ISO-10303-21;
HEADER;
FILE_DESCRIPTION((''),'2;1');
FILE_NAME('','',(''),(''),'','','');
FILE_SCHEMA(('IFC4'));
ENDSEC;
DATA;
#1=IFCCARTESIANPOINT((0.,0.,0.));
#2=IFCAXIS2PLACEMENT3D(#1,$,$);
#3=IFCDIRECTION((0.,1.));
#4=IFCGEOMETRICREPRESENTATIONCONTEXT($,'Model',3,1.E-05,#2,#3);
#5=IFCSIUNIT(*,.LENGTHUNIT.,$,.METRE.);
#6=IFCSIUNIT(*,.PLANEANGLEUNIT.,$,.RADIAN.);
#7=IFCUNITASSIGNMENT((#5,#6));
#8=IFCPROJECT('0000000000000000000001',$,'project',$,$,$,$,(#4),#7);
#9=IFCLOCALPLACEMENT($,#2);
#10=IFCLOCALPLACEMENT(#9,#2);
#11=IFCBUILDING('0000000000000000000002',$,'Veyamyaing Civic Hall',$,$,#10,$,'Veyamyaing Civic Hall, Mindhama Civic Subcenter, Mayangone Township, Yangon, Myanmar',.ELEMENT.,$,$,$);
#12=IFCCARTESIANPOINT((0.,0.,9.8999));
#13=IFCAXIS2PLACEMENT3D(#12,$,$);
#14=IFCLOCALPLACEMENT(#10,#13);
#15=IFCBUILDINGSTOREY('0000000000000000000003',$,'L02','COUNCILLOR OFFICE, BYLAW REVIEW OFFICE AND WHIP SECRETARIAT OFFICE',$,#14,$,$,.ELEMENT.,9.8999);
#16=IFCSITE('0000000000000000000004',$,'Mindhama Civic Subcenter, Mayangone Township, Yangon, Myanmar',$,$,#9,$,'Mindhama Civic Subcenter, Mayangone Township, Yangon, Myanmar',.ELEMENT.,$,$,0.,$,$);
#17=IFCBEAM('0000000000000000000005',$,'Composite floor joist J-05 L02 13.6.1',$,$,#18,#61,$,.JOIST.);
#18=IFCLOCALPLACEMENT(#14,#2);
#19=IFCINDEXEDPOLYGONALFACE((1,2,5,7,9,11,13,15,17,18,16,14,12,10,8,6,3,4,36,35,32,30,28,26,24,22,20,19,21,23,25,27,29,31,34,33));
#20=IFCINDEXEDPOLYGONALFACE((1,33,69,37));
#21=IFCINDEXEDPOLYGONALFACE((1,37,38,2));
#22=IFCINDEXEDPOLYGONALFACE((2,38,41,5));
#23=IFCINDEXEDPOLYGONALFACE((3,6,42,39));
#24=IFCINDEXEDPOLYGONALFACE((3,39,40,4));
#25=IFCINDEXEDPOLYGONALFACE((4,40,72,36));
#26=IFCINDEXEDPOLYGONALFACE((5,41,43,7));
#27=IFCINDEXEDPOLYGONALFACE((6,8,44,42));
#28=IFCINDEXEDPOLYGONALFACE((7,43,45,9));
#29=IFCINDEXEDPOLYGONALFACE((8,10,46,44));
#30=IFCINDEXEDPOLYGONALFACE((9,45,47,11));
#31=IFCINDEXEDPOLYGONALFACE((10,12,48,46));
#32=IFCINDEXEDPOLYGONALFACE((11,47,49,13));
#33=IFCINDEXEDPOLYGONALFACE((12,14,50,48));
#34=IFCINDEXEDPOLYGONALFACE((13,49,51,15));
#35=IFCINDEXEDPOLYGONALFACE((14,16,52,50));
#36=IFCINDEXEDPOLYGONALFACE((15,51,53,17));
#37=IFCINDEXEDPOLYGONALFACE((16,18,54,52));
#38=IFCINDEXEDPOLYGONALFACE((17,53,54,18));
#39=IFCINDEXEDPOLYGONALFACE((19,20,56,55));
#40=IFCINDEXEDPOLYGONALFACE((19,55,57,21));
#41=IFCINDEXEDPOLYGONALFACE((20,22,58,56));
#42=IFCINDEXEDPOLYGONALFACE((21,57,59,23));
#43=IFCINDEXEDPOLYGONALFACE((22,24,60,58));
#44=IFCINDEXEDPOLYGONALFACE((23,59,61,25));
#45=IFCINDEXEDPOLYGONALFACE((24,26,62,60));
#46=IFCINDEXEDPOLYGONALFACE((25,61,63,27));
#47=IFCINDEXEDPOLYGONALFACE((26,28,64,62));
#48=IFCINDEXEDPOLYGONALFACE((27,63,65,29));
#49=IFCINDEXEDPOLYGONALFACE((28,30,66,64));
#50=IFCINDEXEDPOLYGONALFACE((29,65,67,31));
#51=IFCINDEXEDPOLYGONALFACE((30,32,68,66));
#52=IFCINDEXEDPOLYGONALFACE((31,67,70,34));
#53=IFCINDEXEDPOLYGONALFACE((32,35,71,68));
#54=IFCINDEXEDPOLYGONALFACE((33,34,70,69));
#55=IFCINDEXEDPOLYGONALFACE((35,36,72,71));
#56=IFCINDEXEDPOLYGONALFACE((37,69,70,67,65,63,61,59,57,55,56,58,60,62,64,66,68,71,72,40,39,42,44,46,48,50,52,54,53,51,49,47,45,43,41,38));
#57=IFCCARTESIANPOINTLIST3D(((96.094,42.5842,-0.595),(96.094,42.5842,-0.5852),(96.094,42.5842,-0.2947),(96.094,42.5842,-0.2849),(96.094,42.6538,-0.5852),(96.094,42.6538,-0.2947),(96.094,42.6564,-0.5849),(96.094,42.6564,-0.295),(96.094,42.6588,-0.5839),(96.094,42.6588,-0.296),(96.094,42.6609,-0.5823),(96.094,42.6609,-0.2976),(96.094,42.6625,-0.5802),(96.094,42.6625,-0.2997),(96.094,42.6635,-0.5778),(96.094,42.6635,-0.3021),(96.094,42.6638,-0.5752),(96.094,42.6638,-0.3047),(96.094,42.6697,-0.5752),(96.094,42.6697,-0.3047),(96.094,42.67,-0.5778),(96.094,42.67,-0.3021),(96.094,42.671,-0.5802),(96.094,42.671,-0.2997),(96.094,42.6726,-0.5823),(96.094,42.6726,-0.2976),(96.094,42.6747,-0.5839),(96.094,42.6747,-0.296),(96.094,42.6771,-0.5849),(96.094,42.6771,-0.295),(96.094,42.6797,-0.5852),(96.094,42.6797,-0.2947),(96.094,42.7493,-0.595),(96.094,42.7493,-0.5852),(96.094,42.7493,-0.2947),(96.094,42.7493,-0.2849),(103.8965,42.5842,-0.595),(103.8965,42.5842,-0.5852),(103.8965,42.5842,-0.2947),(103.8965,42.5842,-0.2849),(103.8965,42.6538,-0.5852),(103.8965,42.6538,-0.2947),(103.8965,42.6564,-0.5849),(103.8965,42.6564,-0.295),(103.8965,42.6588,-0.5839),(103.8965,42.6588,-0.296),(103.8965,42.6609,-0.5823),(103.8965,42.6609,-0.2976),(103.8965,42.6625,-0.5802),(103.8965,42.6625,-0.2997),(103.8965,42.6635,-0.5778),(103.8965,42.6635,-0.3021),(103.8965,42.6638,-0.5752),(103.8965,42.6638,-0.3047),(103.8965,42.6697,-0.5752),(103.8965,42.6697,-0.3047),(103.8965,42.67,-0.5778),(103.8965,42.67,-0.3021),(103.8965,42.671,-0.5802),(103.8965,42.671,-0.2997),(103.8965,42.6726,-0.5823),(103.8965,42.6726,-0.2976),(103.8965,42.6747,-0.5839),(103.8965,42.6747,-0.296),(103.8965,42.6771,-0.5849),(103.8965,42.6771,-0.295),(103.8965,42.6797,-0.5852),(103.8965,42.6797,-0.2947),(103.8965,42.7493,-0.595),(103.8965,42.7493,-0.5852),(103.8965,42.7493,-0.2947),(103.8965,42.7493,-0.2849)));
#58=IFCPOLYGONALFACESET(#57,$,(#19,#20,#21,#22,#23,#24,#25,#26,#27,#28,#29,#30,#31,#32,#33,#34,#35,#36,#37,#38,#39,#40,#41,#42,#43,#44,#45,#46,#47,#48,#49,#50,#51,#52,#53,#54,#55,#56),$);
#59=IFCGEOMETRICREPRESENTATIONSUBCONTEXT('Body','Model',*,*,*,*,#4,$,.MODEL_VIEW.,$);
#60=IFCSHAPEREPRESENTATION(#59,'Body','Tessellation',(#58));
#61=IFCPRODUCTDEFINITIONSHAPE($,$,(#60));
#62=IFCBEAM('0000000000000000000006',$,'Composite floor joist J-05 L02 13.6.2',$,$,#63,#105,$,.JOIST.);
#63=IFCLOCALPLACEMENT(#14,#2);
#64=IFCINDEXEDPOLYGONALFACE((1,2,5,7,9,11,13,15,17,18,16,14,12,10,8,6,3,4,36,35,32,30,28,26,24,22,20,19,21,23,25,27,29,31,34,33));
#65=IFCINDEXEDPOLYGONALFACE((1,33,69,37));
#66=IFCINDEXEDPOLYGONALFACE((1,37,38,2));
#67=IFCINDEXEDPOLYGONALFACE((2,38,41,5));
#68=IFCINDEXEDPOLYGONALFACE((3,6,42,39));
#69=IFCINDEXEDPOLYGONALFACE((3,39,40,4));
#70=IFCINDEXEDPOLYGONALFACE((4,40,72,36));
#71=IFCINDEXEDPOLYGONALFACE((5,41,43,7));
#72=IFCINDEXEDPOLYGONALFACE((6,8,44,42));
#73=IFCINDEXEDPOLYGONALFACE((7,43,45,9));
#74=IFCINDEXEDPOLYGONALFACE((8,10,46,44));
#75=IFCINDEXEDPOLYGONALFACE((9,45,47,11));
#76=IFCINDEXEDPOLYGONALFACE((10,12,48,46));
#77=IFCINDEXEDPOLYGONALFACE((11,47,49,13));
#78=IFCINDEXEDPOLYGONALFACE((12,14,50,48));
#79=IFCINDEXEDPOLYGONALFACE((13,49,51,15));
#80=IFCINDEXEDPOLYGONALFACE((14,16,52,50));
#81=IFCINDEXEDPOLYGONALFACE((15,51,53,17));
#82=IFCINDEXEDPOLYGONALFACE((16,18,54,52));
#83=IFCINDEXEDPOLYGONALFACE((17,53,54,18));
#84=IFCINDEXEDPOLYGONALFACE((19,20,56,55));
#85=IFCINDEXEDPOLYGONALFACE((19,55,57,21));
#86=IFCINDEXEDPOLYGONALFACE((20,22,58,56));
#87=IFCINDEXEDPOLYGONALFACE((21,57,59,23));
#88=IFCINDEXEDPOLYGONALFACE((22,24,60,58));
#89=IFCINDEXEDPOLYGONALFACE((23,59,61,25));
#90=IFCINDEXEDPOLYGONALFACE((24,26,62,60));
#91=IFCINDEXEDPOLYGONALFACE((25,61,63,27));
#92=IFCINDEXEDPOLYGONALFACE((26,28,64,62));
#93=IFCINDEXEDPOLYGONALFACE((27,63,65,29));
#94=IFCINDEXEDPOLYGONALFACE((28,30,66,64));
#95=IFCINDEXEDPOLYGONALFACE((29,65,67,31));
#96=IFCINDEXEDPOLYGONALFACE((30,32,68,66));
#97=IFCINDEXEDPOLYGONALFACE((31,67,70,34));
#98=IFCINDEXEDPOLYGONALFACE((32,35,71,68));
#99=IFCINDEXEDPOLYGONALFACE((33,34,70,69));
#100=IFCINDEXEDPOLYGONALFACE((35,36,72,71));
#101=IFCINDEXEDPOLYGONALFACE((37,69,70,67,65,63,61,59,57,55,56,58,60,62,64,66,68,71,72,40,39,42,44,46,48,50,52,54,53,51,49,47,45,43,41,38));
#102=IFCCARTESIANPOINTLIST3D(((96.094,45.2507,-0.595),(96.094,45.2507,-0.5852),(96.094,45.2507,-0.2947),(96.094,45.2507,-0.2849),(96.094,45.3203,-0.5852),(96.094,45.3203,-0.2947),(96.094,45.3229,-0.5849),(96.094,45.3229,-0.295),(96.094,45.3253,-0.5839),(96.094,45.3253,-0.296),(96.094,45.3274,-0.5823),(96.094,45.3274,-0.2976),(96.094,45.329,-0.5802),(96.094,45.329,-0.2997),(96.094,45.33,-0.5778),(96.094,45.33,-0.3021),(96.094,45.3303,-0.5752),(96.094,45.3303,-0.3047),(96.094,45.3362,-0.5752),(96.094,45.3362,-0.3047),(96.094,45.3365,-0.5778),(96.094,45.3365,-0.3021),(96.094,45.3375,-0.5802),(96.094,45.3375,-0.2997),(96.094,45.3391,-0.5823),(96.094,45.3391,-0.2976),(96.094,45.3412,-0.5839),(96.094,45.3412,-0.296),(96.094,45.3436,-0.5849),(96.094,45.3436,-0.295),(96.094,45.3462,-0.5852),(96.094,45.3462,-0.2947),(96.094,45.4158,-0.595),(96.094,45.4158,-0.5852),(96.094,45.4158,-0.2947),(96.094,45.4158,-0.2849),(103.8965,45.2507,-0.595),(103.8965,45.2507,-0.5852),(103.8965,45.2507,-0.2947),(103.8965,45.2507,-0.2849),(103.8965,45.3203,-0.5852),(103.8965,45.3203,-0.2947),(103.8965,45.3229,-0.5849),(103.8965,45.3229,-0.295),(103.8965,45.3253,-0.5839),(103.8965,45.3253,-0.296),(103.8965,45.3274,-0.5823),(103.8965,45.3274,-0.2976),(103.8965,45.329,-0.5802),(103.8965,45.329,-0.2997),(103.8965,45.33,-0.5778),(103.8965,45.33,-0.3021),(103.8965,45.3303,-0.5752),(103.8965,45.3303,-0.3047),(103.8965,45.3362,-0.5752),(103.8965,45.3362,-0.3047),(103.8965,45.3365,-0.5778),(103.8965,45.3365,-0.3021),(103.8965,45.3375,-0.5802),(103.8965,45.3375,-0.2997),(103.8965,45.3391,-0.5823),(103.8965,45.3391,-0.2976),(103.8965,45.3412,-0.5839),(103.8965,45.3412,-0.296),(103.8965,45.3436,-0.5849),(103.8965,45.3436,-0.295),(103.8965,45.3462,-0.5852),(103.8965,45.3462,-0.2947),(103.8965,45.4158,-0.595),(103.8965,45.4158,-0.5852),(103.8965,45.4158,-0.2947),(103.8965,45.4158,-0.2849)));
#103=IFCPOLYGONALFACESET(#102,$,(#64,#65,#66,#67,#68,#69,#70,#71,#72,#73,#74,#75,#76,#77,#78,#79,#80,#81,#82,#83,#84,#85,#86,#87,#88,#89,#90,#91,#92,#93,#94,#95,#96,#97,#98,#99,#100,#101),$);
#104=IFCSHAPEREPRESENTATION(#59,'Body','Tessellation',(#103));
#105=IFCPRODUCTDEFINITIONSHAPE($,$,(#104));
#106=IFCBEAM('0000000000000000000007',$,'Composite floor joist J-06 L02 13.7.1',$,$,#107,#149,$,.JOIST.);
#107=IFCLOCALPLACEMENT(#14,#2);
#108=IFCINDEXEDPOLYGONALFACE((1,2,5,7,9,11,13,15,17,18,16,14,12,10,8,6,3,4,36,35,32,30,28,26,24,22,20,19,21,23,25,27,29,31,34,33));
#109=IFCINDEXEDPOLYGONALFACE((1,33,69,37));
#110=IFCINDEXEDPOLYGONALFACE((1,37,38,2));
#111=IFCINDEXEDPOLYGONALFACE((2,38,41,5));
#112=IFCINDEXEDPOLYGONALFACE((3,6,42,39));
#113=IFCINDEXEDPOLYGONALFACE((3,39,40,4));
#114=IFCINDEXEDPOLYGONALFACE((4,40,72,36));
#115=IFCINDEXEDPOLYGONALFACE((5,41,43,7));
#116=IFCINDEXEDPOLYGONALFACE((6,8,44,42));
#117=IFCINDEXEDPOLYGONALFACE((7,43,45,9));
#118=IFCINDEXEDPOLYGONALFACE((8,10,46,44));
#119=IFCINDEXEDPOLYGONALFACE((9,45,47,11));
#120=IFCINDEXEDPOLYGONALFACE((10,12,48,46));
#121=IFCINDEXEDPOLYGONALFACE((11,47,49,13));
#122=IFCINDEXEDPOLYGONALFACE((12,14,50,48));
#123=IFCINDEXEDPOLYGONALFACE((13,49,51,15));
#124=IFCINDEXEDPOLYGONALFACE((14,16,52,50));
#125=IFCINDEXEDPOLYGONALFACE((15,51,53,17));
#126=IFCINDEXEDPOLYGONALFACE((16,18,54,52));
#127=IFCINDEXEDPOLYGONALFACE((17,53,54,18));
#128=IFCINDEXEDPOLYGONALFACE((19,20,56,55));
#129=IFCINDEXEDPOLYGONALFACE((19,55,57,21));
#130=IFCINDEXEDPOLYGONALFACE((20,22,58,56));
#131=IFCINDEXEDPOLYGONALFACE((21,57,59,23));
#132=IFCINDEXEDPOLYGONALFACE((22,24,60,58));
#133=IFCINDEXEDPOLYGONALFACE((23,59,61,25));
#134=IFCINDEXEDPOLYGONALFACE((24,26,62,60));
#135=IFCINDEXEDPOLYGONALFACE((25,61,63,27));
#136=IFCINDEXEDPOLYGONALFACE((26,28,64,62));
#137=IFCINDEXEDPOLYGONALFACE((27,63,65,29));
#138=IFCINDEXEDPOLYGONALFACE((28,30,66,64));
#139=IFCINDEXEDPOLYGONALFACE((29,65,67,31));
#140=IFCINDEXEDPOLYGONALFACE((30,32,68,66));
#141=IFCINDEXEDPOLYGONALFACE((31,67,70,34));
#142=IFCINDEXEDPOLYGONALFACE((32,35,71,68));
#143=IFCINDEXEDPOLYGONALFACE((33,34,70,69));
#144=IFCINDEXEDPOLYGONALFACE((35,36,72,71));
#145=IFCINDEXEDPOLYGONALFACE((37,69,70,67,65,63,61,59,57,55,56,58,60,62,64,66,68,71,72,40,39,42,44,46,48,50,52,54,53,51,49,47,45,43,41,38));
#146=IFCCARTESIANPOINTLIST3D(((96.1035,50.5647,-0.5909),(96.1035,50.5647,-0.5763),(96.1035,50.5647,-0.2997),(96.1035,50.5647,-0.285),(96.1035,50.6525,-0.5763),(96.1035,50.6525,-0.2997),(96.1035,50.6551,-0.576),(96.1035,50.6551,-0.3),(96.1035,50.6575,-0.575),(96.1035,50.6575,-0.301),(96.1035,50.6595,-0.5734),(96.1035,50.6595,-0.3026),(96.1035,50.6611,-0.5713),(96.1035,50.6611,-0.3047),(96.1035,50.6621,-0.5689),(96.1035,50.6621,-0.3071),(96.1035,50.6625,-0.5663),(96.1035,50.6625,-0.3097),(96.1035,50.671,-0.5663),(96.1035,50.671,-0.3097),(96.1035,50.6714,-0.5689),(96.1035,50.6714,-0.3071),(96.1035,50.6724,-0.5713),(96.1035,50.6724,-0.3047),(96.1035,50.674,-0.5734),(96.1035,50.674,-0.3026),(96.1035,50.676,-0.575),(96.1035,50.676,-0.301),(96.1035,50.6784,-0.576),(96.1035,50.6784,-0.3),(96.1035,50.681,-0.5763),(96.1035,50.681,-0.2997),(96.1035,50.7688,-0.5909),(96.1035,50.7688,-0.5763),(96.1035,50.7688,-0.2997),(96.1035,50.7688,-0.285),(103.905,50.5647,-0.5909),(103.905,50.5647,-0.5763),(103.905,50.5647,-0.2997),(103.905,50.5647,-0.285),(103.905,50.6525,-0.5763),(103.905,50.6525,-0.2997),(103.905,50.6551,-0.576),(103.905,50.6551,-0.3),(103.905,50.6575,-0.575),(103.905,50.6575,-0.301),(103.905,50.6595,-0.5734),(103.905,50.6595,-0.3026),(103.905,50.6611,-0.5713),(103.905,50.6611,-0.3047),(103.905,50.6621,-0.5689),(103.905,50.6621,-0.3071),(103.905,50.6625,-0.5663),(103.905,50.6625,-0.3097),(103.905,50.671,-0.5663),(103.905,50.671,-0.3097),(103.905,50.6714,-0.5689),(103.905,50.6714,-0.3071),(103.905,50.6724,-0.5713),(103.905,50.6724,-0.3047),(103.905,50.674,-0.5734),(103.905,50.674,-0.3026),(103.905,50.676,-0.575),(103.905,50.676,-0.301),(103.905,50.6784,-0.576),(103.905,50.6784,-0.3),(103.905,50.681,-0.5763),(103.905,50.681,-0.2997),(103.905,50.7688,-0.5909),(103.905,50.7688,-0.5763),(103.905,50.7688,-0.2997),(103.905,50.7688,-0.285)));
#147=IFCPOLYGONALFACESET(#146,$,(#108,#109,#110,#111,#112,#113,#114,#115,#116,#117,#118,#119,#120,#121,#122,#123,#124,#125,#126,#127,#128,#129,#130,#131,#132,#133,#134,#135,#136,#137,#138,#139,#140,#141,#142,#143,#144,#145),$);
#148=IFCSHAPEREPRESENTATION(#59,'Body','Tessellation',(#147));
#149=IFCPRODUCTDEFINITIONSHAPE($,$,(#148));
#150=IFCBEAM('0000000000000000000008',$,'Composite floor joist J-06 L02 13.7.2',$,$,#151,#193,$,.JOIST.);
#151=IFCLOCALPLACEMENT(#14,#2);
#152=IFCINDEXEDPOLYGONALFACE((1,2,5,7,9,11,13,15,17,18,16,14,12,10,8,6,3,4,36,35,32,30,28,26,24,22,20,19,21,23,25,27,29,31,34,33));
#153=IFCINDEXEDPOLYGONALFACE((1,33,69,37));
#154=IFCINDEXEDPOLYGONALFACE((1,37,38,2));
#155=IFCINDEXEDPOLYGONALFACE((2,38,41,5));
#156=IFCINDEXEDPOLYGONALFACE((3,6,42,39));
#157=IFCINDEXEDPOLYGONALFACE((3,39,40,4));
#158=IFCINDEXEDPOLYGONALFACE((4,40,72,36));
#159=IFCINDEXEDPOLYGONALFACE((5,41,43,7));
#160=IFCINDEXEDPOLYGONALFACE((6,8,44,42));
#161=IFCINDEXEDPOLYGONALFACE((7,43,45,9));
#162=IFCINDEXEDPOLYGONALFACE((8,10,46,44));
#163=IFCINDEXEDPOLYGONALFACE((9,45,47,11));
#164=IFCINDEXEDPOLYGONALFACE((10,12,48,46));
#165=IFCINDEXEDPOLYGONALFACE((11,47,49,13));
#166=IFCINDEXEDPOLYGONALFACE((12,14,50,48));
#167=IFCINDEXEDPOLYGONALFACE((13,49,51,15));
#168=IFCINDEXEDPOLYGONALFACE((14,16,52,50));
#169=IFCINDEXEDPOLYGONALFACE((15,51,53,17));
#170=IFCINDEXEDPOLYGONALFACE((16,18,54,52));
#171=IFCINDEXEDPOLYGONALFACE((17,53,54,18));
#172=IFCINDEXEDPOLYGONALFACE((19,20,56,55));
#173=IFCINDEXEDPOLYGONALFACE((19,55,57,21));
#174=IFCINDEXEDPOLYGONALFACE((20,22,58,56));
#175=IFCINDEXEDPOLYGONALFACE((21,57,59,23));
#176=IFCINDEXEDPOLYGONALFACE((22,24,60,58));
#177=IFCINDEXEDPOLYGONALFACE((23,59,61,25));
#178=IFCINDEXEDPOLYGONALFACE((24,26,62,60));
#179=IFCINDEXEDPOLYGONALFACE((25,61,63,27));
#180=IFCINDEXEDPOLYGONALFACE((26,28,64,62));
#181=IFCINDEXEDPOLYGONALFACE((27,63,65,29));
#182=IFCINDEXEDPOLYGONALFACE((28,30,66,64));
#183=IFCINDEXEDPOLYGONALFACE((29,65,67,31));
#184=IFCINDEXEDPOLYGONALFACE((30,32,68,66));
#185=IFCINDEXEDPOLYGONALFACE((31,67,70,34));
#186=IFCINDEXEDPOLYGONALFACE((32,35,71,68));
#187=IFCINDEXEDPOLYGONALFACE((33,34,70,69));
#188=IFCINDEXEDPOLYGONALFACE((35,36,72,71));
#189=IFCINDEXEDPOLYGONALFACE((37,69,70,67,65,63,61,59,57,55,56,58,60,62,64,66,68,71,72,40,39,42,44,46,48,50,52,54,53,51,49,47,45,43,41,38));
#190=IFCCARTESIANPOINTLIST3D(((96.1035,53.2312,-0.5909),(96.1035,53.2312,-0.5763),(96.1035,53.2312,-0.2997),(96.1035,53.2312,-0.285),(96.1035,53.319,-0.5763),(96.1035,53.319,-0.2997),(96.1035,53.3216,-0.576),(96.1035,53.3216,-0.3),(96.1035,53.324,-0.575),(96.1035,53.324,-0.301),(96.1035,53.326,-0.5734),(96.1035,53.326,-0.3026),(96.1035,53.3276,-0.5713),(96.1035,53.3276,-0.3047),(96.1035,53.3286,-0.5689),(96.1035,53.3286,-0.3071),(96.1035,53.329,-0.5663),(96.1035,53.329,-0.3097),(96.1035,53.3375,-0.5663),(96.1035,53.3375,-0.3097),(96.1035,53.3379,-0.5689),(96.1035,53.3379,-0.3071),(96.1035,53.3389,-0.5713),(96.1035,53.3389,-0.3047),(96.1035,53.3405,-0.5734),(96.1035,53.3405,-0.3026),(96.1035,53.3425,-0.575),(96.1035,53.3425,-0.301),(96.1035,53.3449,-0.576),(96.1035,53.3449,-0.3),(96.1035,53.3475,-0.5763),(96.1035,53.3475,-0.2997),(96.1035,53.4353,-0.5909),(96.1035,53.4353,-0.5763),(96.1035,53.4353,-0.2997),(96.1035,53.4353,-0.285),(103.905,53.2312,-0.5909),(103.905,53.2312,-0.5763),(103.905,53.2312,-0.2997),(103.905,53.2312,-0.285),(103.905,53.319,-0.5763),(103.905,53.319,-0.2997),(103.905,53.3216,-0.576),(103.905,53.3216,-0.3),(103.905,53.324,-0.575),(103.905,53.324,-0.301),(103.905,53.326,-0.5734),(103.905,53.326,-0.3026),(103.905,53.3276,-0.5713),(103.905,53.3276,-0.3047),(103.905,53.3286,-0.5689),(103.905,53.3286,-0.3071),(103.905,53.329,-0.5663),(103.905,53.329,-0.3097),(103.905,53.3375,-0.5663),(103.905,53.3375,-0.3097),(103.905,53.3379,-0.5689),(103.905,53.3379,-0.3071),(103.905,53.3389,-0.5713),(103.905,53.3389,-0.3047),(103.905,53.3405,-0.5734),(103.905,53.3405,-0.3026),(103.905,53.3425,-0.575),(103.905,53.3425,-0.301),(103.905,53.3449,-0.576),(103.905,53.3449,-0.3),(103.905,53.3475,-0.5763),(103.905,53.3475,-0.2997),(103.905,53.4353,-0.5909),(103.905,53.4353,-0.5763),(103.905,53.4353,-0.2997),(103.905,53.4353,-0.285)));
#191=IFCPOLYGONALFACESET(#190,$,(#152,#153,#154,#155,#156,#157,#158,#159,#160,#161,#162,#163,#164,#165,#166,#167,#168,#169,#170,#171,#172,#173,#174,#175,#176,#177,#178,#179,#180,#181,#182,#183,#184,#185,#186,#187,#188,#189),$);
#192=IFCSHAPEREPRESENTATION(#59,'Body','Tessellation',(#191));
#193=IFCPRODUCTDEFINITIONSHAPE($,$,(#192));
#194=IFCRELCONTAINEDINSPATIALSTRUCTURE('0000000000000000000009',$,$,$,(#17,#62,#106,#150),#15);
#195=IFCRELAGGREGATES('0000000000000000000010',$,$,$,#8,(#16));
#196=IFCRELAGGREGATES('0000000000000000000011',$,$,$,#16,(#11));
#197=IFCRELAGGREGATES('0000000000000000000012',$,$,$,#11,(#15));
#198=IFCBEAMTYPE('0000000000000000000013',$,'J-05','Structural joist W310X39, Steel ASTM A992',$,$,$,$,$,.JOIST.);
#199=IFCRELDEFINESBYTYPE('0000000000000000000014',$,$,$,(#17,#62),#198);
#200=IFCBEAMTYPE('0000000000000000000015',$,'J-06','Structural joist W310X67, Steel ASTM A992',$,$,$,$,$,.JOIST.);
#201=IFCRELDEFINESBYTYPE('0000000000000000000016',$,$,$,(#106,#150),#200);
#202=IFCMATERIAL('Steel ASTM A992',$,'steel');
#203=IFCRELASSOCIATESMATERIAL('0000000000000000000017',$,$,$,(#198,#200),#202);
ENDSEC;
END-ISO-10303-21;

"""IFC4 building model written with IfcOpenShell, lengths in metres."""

from ifc_helpers import new_model, si_unit, direction, frame, origin, origin_2d, place, context, subcontext, project, spatial, i_section, extrude, material, material_profile, profile_set, type_object, element, save


model = new_model("IFC4")

# Units and contexts
model_context = context("Model", 3, precision=1e-05, world=origin(), true_north=direction((0.0, 1.0)))
body_context = subcontext(model_context, "Body", "Model", "MODEL_VIEW")
ifc_project = project(units=[si_unit("LENGTHUNIT", "METRE"), si_unit("PLANEANGLEUNIT", "RADIAN")], contexts=[model_context])

# Site, building, storey
site_placement = place(None, origin())
site = spatial("IfcSite", under=ifc_project, at=site_placement, Name="Mindhama Civic Subcenter, Mayangone Township, Yangon, Myanmar", LongName="Mindhama Civic Subcenter, Mayangone Township, Yangon, Myanmar", CompositionType="ELEMENT", RefElevation=0.0)
building_placement = place(site_placement, origin())
building = spatial("IfcBuilding", under=site, at=building_placement, Name="Veyamyaing Civic Hall", LongName="Veyamyaing Civic Hall, Mindhama Civic Subcenter, Mayangone Township, Yangon, Myanmar", CompositionType="ELEMENT")
storey_placement = place(building_placement, frame((0.0, 0.0, 9.8999)))
storey = spatial("IfcBuildingStorey", under=building, at=storey_placement, Name="L02", Description="COUNCILLOR OFFICE, BYLAW REVIEW OFFICE AND WHIP SECRETARIAT OFFICE", CompositionType="ELEMENT", Elevation=9.8999)

# Beams
ifc_material_1 = material(Name="Steel ASTM A992", Category="steel")
ifc_material_profile_1 = material_profile(ifc_material_1, i_section(OverallWidth=0.165, OverallDepth=0.3101, WebThickness=0.0059, FlangeThickness=0.0098, FilletRadius=0.01, at=origin_2d()), Name="W310X39")
ifc_profile_set_1 = profile_set([ifc_material_profile_1], Name="Steel ASTM A992")
beam_type_1 = type_object("IfcBeamType", Name="J-05", Description="Structural joist W310X39, Steel ASTM A992", PredefinedType="JOIST", material=ifc_profile_set_1)
for number, where, z_axis, x_axis, name in (
    (1, (96.094, 42.6667, -0.4399), (1.0, 0.0, 0.0), (0.0, 1.0, 0.0), "Composite floor joist J-05 L02 13.6.1"),
    (2, (96.094, 45.3333, -0.4399), (1.0, 0.0, 0.0), (0.0, 1.0, 0.0), "Composite floor joist J-05 L02 13.6.2"),
):
    element("IfcBeam", number, at=place(storey_placement, frame(where, z_axis=z_axis, x_axis=x_axis)), inside=storey, type_object=beam_type_1, Name=name, PredefinedType="JOIST", context=body_context, shape_type="SweptSolid", body=[
        extrude(i_section(OverallWidth=0.165, OverallDepth=0.3101, WebThickness=0.0059, FlangeThickness=0.0098, FilletRadius=0.01, at=origin_2d()), origin(), (0.0, 0.0, 1.0), 7.8025),
    ])
ifc_material_profile_2 = material_profile(ifc_material_1, i_section(OverallWidth=0.2041, OverallDepth=0.3059, WebThickness=0.0085, FlangeThickness=0.0146, FilletRadius=0.01, at=origin_2d()), Name="W310X67")
ifc_profile_set_2 = profile_set([ifc_material_profile_2], Name="Steel ASTM A992")
beam_type_2 = type_object("IfcBeamType", Name="J-06", Description="Structural joist W310X67, Steel ASTM A992", PredefinedType="JOIST", material=ifc_profile_set_2)
for number, where, z_axis, x_axis, name in (
    (3, (96.1035, 50.6667, -0.438), (1.0, 0.0, 0.0), (0.0, 1.0, 0.0), "Composite floor joist J-06 L02 13.7.1"),
    (4, (96.1035, 53.3333, -0.438), (1.0, 0.0, 0.0), (0.0, 1.0, 0.0), "Composite floor joist J-06 L02 13.7.2"),
):
    element("IfcBeam", number, at=place(storey_placement, frame(where, z_axis=z_axis, x_axis=x_axis)), inside=storey, type_object=beam_type_2, Name=name, PredefinedType="JOIST", context=body_context, shape_type="SweptSolid", body=[
        extrude(i_section(OverallWidth=0.2041, OverallDepth=0.3059, WebThickness=0.0085, FlangeThickness=0.0146, FilletRadius=0.01, at=origin_2d()), origin(), (0.0, 0.0, 1.0), 7.8015),
    ])

save(model, "model.ifc")
